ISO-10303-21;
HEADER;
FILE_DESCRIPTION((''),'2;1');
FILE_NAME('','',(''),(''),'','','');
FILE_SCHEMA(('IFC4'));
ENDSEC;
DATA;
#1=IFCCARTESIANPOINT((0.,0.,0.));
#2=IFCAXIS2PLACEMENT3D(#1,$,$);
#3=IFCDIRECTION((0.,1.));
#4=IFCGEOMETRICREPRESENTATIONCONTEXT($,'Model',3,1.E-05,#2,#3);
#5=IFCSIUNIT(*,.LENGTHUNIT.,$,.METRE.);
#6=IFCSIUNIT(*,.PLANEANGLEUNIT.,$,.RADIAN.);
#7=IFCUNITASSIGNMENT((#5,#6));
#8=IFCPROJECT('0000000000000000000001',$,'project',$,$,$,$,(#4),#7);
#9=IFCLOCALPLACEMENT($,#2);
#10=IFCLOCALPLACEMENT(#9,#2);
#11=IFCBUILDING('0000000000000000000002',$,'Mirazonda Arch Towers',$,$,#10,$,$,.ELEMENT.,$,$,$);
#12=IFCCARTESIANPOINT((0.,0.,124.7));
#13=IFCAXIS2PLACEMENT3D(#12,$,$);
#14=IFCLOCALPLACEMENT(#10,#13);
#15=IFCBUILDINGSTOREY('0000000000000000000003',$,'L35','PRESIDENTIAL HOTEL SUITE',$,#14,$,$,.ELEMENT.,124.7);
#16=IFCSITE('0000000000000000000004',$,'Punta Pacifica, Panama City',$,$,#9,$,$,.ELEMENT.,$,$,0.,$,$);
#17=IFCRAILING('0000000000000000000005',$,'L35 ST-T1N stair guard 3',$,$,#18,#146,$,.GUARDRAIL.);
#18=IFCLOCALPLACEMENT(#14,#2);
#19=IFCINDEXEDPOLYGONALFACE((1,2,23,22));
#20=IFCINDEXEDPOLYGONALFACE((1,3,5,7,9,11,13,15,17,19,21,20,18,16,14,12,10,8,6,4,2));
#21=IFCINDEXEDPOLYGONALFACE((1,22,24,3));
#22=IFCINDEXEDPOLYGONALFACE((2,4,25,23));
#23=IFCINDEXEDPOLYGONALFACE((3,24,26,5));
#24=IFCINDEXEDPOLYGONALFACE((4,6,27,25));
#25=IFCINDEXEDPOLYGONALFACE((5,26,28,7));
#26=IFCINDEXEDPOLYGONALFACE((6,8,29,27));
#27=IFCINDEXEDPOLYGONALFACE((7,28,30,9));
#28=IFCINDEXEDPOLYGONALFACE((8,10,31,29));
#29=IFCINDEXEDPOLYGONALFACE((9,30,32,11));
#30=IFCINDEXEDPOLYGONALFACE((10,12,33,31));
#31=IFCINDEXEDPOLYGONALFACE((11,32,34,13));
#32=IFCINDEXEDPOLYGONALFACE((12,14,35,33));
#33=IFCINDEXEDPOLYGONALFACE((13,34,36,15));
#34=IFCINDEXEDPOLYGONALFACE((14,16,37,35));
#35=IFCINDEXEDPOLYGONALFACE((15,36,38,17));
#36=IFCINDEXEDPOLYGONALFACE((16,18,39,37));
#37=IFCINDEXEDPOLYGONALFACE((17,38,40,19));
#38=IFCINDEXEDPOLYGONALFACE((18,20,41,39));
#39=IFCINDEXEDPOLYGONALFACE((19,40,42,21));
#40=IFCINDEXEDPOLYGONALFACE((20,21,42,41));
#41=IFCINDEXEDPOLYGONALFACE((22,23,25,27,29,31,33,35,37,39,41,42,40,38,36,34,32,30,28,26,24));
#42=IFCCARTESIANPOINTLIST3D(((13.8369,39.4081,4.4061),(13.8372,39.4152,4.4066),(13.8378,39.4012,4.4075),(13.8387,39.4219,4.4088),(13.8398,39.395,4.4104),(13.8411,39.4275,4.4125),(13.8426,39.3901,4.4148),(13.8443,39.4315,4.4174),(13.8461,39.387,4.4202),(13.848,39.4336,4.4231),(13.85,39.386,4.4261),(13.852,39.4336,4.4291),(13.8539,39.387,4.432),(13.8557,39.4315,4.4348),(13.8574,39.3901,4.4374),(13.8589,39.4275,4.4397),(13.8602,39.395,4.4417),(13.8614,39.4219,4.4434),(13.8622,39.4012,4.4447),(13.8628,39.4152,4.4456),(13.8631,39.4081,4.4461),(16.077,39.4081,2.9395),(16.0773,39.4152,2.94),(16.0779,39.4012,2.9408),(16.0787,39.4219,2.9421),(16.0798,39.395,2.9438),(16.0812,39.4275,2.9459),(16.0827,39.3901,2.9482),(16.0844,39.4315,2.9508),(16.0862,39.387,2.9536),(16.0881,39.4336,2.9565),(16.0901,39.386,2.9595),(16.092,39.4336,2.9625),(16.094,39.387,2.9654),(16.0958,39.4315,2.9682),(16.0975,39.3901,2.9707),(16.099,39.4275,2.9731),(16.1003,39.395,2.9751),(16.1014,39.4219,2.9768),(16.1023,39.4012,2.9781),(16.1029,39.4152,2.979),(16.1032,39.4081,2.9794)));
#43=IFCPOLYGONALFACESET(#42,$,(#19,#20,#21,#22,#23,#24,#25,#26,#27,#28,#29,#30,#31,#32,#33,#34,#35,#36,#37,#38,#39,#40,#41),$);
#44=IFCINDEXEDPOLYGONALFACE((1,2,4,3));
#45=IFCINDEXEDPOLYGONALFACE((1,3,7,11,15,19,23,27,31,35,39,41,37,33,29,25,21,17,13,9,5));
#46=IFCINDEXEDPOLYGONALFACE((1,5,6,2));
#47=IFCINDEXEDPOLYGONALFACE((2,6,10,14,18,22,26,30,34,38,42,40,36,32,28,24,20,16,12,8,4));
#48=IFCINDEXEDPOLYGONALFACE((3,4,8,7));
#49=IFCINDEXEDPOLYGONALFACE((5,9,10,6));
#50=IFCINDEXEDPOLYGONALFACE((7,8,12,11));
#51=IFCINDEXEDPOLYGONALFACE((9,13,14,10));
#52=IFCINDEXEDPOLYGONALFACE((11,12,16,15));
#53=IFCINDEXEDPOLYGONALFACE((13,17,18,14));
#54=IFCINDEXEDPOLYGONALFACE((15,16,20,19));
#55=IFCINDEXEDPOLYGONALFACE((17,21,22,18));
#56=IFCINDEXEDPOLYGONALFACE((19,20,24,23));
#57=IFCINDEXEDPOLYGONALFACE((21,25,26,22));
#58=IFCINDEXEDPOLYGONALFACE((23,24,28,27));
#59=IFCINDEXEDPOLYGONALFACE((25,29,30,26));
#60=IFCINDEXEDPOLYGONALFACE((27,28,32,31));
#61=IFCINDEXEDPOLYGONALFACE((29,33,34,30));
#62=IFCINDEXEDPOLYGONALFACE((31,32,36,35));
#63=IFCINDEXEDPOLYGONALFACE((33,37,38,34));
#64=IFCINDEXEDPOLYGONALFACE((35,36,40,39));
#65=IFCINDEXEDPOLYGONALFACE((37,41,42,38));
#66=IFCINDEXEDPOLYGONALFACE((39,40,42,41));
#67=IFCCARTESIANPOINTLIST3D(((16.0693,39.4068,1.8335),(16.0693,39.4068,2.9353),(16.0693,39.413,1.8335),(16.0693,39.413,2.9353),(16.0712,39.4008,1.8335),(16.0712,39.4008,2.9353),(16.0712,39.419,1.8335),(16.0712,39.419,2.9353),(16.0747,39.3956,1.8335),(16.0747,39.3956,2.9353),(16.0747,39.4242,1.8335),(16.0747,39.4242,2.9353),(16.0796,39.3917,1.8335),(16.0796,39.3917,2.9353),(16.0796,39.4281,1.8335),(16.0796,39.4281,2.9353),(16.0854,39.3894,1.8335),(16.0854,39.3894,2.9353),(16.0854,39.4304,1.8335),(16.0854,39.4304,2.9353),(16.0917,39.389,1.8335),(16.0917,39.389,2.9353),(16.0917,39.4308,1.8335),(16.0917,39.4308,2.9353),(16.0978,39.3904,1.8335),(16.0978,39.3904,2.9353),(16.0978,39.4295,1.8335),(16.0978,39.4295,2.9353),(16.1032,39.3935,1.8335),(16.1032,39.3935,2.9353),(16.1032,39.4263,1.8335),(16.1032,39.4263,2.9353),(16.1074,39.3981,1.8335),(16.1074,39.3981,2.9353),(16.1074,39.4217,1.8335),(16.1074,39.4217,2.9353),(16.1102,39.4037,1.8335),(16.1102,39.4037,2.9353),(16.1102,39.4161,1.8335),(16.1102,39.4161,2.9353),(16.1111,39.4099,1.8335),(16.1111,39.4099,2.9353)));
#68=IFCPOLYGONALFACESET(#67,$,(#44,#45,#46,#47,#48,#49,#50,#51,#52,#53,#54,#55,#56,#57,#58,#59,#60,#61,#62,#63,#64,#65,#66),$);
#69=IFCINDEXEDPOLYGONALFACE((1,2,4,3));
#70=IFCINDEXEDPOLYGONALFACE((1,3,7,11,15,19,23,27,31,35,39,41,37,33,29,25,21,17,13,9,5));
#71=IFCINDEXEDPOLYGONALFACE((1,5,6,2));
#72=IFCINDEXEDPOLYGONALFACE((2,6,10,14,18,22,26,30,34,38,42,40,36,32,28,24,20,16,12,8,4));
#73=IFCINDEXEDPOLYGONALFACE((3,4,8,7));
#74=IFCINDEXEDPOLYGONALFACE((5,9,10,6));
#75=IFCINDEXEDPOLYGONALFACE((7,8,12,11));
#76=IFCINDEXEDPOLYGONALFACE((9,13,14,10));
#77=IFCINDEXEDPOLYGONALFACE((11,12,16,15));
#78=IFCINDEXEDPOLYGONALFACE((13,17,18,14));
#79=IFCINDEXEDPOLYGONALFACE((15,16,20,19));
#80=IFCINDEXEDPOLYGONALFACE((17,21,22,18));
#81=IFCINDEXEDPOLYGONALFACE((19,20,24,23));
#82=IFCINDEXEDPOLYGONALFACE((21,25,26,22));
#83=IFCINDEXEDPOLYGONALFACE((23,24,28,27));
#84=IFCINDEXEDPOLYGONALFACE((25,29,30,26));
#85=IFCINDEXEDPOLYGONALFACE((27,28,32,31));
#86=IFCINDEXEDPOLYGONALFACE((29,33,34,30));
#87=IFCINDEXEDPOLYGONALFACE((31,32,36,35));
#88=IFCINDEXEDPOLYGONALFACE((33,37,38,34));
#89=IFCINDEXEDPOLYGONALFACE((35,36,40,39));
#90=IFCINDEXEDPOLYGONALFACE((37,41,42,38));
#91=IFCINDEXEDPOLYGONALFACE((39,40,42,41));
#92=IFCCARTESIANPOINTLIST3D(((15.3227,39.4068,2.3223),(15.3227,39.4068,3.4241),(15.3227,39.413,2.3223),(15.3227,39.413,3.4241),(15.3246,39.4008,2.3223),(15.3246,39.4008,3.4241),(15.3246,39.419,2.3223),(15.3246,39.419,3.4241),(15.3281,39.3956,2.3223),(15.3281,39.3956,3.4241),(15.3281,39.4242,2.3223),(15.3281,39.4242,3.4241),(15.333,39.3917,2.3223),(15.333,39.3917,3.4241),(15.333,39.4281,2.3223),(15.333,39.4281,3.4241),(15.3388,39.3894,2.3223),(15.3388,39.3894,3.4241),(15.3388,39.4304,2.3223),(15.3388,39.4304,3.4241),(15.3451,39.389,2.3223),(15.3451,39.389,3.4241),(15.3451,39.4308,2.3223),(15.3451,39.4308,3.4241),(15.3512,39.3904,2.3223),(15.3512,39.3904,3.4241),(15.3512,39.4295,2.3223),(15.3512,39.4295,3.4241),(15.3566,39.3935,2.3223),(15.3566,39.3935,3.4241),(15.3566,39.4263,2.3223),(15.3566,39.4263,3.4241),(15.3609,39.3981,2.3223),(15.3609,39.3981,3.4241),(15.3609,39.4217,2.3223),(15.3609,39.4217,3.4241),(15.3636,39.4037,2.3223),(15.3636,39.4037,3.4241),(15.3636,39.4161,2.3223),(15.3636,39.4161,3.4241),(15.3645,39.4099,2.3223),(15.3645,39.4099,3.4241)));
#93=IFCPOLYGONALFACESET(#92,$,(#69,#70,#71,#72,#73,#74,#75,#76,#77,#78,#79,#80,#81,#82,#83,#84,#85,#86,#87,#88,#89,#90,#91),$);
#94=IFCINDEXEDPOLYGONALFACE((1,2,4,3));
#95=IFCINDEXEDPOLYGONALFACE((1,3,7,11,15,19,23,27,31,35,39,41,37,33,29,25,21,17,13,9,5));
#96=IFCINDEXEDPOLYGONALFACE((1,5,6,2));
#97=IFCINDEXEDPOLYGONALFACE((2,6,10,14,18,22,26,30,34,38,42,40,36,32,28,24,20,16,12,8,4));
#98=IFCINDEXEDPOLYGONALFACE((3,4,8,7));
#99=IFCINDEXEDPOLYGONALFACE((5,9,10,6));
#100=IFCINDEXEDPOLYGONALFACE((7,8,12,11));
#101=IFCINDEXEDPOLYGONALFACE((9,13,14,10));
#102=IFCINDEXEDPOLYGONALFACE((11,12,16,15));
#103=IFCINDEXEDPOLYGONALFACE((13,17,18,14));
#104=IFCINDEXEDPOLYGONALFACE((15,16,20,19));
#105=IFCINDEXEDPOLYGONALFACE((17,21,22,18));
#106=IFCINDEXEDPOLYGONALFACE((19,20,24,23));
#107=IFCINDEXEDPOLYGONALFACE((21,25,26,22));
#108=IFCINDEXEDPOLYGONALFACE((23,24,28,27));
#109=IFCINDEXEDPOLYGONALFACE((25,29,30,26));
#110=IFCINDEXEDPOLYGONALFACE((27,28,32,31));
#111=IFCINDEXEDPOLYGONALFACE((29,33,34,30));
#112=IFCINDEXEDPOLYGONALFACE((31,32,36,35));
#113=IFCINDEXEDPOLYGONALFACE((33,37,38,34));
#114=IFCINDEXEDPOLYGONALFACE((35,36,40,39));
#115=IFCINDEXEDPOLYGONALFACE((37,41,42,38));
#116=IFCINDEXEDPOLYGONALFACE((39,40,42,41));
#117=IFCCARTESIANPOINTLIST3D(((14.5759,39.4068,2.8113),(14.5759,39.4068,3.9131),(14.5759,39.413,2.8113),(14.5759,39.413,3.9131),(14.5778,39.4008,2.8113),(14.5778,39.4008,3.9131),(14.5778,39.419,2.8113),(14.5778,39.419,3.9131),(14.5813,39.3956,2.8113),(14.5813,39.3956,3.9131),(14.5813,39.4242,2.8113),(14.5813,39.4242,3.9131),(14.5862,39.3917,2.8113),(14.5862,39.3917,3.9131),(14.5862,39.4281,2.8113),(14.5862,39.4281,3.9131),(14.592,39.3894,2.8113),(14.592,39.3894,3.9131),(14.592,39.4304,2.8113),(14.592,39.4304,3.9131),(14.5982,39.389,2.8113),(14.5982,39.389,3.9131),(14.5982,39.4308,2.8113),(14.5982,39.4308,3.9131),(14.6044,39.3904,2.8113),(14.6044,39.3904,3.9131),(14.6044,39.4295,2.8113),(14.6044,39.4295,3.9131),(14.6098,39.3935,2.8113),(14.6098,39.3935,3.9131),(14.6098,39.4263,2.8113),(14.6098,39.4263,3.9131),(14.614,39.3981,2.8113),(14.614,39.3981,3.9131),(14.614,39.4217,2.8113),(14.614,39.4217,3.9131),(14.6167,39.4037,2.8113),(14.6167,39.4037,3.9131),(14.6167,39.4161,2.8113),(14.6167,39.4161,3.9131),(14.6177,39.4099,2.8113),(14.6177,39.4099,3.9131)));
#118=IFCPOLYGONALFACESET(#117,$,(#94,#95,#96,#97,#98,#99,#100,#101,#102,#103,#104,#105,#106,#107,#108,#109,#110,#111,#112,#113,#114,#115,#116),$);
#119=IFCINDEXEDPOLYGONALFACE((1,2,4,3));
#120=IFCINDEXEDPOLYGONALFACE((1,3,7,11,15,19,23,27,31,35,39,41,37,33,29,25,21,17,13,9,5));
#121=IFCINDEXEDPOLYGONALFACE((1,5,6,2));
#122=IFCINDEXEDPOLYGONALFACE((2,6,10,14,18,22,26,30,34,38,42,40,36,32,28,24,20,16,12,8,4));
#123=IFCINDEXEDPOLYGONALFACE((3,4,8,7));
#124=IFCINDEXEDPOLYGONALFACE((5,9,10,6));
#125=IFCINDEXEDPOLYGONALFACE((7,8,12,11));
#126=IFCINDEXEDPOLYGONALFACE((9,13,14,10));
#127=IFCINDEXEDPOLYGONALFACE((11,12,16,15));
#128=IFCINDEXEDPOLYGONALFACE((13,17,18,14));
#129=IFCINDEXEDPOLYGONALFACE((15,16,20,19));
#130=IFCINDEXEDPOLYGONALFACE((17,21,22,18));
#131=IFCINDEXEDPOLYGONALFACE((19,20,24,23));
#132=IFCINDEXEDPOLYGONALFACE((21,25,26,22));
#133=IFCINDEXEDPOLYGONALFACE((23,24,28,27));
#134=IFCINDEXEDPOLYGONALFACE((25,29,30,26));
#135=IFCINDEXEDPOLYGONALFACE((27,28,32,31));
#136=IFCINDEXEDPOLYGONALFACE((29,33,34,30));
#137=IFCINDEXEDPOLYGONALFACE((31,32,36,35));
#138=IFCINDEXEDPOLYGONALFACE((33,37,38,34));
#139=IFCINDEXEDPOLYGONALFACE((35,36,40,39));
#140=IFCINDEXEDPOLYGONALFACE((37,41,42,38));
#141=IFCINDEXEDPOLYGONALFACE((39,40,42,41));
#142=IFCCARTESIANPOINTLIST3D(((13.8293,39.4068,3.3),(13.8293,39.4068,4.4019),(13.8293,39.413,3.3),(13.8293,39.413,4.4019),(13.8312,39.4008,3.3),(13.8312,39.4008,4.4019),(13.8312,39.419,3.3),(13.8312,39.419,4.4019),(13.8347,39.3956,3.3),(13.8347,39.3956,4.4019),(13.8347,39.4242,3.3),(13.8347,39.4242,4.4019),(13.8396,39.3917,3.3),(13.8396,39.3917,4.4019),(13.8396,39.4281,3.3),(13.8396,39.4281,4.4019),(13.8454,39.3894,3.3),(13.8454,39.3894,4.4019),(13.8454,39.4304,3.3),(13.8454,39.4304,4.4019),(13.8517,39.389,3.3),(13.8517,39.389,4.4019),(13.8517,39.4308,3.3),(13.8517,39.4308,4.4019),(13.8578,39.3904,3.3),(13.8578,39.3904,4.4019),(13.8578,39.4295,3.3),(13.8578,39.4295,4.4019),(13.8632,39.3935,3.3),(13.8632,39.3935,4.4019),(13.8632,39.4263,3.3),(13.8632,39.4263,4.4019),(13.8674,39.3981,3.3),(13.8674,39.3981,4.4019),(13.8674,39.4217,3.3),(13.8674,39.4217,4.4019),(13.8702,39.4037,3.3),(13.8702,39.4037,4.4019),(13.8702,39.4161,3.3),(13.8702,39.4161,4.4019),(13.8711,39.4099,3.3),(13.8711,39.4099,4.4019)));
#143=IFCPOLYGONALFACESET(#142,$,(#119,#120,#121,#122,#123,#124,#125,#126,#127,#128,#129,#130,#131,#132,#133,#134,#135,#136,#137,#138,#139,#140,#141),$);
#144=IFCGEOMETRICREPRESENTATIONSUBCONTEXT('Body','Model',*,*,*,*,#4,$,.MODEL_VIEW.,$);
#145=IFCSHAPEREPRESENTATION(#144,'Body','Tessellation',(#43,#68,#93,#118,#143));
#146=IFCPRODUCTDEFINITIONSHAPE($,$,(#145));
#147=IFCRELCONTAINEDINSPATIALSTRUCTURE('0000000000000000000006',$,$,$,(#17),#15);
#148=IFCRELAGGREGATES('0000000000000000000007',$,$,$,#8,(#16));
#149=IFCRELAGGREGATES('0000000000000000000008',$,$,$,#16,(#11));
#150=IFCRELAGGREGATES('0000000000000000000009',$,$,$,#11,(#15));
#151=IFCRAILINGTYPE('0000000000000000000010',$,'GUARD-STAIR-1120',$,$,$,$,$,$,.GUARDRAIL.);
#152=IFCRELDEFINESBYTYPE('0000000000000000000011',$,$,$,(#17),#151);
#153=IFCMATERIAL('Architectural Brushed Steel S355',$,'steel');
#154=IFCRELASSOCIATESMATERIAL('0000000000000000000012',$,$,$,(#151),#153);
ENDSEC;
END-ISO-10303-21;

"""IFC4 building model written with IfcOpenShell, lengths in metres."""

from ifc_helpers import new_model, si_unit, direction, frame, origin, origin_2d, place, context, subcontext, project, spatial, circle, extrude, material, type_object, element, save


model = new_model("IFC4")

# Units and contexts
model_context = context("Model", 3, precision=1e-05, world=origin(), true_north=direction((0.0, 1.0)))
body_context = subcontext(model_context, "Body", "Model", "MODEL_VIEW")
ifc_project = project(units=[si_unit("LENGTHUNIT", "METRE"), si_unit("PLANEANGLEUNIT", "RADIAN")], contexts=[model_context])

# Site, building, storey
site_placement = place(None, origin())
site = spatial("IfcSite", under=ifc_project, at=site_placement, Name="Punta Pacifica, Panama City", CompositionType="ELEMENT", RefElevation=0.0)
building_placement = place(site_placement, origin())
building = spatial("IfcBuilding", under=site, at=building_placement, Name="Mirazonda Arch Towers", CompositionType="ELEMENT")
storey_placement = place(building_placement, frame((0.0, 0.0, 124.7)))
storey = spatial("IfcBuildingStorey", under=building, at=storey_placement, Name="L35", Description="PRESIDENTIAL HOTEL SUITE", CompositionType="ELEMENT", Elevation=124.7)

# Shared definitions
ifc_material_1 = material(Name="Architectural Brushed Steel S355", Category="steel")

# Railing
railing_type_1 = type_object("IfcRailingType", Name="GUARD-STAIR-1120", PredefinedType="GUARDRAIL", material=ifc_material_1)
railing_1_placement = place(storey_placement, frame((16.0901, 39.4099, 1.8335)))
element("IfcRailing", 1, at=railing_1_placement, inside=storey, type_object=railing_type_1, Name="L35 ST-T1N stair guard 3", PredefinedType="GUARDRAIL", context=body_context, shape_type="SweptSolid", body=[
    extrude(circle(Radius=0.0239, at=origin_2d()), frame((0.0, 0.0, 1.126), z_axis=(-0.836637, 0.0, 0.547758), x_axis=(0.0, -1.0, 0.0)), (0.0, 0.0, 1.0), 2.6775),
    extrude(circle(Radius=0.021, at=origin_2d()), origin(), (0.0, 0.0, 1.0), 1.1018),
    extrude(circle(Radius=0.021, at=origin_2d()), frame((-0.7466, 0.0, 0.4888)), (0.0, 0.0, 1.0), 1.1018),
    extrude(circle(Radius=0.021, at=origin_2d()), frame((-1.4934, 0.0, 0.9778)), (0.0, 0.0, 1.0), 1.1018),
    extrude(circle(Radius=0.021, at=origin_2d()), frame((-2.24, 0.0, 1.4666)), (0.0, 0.0, 1.0), 1.1018),
])

save(model, "model.ifc")
